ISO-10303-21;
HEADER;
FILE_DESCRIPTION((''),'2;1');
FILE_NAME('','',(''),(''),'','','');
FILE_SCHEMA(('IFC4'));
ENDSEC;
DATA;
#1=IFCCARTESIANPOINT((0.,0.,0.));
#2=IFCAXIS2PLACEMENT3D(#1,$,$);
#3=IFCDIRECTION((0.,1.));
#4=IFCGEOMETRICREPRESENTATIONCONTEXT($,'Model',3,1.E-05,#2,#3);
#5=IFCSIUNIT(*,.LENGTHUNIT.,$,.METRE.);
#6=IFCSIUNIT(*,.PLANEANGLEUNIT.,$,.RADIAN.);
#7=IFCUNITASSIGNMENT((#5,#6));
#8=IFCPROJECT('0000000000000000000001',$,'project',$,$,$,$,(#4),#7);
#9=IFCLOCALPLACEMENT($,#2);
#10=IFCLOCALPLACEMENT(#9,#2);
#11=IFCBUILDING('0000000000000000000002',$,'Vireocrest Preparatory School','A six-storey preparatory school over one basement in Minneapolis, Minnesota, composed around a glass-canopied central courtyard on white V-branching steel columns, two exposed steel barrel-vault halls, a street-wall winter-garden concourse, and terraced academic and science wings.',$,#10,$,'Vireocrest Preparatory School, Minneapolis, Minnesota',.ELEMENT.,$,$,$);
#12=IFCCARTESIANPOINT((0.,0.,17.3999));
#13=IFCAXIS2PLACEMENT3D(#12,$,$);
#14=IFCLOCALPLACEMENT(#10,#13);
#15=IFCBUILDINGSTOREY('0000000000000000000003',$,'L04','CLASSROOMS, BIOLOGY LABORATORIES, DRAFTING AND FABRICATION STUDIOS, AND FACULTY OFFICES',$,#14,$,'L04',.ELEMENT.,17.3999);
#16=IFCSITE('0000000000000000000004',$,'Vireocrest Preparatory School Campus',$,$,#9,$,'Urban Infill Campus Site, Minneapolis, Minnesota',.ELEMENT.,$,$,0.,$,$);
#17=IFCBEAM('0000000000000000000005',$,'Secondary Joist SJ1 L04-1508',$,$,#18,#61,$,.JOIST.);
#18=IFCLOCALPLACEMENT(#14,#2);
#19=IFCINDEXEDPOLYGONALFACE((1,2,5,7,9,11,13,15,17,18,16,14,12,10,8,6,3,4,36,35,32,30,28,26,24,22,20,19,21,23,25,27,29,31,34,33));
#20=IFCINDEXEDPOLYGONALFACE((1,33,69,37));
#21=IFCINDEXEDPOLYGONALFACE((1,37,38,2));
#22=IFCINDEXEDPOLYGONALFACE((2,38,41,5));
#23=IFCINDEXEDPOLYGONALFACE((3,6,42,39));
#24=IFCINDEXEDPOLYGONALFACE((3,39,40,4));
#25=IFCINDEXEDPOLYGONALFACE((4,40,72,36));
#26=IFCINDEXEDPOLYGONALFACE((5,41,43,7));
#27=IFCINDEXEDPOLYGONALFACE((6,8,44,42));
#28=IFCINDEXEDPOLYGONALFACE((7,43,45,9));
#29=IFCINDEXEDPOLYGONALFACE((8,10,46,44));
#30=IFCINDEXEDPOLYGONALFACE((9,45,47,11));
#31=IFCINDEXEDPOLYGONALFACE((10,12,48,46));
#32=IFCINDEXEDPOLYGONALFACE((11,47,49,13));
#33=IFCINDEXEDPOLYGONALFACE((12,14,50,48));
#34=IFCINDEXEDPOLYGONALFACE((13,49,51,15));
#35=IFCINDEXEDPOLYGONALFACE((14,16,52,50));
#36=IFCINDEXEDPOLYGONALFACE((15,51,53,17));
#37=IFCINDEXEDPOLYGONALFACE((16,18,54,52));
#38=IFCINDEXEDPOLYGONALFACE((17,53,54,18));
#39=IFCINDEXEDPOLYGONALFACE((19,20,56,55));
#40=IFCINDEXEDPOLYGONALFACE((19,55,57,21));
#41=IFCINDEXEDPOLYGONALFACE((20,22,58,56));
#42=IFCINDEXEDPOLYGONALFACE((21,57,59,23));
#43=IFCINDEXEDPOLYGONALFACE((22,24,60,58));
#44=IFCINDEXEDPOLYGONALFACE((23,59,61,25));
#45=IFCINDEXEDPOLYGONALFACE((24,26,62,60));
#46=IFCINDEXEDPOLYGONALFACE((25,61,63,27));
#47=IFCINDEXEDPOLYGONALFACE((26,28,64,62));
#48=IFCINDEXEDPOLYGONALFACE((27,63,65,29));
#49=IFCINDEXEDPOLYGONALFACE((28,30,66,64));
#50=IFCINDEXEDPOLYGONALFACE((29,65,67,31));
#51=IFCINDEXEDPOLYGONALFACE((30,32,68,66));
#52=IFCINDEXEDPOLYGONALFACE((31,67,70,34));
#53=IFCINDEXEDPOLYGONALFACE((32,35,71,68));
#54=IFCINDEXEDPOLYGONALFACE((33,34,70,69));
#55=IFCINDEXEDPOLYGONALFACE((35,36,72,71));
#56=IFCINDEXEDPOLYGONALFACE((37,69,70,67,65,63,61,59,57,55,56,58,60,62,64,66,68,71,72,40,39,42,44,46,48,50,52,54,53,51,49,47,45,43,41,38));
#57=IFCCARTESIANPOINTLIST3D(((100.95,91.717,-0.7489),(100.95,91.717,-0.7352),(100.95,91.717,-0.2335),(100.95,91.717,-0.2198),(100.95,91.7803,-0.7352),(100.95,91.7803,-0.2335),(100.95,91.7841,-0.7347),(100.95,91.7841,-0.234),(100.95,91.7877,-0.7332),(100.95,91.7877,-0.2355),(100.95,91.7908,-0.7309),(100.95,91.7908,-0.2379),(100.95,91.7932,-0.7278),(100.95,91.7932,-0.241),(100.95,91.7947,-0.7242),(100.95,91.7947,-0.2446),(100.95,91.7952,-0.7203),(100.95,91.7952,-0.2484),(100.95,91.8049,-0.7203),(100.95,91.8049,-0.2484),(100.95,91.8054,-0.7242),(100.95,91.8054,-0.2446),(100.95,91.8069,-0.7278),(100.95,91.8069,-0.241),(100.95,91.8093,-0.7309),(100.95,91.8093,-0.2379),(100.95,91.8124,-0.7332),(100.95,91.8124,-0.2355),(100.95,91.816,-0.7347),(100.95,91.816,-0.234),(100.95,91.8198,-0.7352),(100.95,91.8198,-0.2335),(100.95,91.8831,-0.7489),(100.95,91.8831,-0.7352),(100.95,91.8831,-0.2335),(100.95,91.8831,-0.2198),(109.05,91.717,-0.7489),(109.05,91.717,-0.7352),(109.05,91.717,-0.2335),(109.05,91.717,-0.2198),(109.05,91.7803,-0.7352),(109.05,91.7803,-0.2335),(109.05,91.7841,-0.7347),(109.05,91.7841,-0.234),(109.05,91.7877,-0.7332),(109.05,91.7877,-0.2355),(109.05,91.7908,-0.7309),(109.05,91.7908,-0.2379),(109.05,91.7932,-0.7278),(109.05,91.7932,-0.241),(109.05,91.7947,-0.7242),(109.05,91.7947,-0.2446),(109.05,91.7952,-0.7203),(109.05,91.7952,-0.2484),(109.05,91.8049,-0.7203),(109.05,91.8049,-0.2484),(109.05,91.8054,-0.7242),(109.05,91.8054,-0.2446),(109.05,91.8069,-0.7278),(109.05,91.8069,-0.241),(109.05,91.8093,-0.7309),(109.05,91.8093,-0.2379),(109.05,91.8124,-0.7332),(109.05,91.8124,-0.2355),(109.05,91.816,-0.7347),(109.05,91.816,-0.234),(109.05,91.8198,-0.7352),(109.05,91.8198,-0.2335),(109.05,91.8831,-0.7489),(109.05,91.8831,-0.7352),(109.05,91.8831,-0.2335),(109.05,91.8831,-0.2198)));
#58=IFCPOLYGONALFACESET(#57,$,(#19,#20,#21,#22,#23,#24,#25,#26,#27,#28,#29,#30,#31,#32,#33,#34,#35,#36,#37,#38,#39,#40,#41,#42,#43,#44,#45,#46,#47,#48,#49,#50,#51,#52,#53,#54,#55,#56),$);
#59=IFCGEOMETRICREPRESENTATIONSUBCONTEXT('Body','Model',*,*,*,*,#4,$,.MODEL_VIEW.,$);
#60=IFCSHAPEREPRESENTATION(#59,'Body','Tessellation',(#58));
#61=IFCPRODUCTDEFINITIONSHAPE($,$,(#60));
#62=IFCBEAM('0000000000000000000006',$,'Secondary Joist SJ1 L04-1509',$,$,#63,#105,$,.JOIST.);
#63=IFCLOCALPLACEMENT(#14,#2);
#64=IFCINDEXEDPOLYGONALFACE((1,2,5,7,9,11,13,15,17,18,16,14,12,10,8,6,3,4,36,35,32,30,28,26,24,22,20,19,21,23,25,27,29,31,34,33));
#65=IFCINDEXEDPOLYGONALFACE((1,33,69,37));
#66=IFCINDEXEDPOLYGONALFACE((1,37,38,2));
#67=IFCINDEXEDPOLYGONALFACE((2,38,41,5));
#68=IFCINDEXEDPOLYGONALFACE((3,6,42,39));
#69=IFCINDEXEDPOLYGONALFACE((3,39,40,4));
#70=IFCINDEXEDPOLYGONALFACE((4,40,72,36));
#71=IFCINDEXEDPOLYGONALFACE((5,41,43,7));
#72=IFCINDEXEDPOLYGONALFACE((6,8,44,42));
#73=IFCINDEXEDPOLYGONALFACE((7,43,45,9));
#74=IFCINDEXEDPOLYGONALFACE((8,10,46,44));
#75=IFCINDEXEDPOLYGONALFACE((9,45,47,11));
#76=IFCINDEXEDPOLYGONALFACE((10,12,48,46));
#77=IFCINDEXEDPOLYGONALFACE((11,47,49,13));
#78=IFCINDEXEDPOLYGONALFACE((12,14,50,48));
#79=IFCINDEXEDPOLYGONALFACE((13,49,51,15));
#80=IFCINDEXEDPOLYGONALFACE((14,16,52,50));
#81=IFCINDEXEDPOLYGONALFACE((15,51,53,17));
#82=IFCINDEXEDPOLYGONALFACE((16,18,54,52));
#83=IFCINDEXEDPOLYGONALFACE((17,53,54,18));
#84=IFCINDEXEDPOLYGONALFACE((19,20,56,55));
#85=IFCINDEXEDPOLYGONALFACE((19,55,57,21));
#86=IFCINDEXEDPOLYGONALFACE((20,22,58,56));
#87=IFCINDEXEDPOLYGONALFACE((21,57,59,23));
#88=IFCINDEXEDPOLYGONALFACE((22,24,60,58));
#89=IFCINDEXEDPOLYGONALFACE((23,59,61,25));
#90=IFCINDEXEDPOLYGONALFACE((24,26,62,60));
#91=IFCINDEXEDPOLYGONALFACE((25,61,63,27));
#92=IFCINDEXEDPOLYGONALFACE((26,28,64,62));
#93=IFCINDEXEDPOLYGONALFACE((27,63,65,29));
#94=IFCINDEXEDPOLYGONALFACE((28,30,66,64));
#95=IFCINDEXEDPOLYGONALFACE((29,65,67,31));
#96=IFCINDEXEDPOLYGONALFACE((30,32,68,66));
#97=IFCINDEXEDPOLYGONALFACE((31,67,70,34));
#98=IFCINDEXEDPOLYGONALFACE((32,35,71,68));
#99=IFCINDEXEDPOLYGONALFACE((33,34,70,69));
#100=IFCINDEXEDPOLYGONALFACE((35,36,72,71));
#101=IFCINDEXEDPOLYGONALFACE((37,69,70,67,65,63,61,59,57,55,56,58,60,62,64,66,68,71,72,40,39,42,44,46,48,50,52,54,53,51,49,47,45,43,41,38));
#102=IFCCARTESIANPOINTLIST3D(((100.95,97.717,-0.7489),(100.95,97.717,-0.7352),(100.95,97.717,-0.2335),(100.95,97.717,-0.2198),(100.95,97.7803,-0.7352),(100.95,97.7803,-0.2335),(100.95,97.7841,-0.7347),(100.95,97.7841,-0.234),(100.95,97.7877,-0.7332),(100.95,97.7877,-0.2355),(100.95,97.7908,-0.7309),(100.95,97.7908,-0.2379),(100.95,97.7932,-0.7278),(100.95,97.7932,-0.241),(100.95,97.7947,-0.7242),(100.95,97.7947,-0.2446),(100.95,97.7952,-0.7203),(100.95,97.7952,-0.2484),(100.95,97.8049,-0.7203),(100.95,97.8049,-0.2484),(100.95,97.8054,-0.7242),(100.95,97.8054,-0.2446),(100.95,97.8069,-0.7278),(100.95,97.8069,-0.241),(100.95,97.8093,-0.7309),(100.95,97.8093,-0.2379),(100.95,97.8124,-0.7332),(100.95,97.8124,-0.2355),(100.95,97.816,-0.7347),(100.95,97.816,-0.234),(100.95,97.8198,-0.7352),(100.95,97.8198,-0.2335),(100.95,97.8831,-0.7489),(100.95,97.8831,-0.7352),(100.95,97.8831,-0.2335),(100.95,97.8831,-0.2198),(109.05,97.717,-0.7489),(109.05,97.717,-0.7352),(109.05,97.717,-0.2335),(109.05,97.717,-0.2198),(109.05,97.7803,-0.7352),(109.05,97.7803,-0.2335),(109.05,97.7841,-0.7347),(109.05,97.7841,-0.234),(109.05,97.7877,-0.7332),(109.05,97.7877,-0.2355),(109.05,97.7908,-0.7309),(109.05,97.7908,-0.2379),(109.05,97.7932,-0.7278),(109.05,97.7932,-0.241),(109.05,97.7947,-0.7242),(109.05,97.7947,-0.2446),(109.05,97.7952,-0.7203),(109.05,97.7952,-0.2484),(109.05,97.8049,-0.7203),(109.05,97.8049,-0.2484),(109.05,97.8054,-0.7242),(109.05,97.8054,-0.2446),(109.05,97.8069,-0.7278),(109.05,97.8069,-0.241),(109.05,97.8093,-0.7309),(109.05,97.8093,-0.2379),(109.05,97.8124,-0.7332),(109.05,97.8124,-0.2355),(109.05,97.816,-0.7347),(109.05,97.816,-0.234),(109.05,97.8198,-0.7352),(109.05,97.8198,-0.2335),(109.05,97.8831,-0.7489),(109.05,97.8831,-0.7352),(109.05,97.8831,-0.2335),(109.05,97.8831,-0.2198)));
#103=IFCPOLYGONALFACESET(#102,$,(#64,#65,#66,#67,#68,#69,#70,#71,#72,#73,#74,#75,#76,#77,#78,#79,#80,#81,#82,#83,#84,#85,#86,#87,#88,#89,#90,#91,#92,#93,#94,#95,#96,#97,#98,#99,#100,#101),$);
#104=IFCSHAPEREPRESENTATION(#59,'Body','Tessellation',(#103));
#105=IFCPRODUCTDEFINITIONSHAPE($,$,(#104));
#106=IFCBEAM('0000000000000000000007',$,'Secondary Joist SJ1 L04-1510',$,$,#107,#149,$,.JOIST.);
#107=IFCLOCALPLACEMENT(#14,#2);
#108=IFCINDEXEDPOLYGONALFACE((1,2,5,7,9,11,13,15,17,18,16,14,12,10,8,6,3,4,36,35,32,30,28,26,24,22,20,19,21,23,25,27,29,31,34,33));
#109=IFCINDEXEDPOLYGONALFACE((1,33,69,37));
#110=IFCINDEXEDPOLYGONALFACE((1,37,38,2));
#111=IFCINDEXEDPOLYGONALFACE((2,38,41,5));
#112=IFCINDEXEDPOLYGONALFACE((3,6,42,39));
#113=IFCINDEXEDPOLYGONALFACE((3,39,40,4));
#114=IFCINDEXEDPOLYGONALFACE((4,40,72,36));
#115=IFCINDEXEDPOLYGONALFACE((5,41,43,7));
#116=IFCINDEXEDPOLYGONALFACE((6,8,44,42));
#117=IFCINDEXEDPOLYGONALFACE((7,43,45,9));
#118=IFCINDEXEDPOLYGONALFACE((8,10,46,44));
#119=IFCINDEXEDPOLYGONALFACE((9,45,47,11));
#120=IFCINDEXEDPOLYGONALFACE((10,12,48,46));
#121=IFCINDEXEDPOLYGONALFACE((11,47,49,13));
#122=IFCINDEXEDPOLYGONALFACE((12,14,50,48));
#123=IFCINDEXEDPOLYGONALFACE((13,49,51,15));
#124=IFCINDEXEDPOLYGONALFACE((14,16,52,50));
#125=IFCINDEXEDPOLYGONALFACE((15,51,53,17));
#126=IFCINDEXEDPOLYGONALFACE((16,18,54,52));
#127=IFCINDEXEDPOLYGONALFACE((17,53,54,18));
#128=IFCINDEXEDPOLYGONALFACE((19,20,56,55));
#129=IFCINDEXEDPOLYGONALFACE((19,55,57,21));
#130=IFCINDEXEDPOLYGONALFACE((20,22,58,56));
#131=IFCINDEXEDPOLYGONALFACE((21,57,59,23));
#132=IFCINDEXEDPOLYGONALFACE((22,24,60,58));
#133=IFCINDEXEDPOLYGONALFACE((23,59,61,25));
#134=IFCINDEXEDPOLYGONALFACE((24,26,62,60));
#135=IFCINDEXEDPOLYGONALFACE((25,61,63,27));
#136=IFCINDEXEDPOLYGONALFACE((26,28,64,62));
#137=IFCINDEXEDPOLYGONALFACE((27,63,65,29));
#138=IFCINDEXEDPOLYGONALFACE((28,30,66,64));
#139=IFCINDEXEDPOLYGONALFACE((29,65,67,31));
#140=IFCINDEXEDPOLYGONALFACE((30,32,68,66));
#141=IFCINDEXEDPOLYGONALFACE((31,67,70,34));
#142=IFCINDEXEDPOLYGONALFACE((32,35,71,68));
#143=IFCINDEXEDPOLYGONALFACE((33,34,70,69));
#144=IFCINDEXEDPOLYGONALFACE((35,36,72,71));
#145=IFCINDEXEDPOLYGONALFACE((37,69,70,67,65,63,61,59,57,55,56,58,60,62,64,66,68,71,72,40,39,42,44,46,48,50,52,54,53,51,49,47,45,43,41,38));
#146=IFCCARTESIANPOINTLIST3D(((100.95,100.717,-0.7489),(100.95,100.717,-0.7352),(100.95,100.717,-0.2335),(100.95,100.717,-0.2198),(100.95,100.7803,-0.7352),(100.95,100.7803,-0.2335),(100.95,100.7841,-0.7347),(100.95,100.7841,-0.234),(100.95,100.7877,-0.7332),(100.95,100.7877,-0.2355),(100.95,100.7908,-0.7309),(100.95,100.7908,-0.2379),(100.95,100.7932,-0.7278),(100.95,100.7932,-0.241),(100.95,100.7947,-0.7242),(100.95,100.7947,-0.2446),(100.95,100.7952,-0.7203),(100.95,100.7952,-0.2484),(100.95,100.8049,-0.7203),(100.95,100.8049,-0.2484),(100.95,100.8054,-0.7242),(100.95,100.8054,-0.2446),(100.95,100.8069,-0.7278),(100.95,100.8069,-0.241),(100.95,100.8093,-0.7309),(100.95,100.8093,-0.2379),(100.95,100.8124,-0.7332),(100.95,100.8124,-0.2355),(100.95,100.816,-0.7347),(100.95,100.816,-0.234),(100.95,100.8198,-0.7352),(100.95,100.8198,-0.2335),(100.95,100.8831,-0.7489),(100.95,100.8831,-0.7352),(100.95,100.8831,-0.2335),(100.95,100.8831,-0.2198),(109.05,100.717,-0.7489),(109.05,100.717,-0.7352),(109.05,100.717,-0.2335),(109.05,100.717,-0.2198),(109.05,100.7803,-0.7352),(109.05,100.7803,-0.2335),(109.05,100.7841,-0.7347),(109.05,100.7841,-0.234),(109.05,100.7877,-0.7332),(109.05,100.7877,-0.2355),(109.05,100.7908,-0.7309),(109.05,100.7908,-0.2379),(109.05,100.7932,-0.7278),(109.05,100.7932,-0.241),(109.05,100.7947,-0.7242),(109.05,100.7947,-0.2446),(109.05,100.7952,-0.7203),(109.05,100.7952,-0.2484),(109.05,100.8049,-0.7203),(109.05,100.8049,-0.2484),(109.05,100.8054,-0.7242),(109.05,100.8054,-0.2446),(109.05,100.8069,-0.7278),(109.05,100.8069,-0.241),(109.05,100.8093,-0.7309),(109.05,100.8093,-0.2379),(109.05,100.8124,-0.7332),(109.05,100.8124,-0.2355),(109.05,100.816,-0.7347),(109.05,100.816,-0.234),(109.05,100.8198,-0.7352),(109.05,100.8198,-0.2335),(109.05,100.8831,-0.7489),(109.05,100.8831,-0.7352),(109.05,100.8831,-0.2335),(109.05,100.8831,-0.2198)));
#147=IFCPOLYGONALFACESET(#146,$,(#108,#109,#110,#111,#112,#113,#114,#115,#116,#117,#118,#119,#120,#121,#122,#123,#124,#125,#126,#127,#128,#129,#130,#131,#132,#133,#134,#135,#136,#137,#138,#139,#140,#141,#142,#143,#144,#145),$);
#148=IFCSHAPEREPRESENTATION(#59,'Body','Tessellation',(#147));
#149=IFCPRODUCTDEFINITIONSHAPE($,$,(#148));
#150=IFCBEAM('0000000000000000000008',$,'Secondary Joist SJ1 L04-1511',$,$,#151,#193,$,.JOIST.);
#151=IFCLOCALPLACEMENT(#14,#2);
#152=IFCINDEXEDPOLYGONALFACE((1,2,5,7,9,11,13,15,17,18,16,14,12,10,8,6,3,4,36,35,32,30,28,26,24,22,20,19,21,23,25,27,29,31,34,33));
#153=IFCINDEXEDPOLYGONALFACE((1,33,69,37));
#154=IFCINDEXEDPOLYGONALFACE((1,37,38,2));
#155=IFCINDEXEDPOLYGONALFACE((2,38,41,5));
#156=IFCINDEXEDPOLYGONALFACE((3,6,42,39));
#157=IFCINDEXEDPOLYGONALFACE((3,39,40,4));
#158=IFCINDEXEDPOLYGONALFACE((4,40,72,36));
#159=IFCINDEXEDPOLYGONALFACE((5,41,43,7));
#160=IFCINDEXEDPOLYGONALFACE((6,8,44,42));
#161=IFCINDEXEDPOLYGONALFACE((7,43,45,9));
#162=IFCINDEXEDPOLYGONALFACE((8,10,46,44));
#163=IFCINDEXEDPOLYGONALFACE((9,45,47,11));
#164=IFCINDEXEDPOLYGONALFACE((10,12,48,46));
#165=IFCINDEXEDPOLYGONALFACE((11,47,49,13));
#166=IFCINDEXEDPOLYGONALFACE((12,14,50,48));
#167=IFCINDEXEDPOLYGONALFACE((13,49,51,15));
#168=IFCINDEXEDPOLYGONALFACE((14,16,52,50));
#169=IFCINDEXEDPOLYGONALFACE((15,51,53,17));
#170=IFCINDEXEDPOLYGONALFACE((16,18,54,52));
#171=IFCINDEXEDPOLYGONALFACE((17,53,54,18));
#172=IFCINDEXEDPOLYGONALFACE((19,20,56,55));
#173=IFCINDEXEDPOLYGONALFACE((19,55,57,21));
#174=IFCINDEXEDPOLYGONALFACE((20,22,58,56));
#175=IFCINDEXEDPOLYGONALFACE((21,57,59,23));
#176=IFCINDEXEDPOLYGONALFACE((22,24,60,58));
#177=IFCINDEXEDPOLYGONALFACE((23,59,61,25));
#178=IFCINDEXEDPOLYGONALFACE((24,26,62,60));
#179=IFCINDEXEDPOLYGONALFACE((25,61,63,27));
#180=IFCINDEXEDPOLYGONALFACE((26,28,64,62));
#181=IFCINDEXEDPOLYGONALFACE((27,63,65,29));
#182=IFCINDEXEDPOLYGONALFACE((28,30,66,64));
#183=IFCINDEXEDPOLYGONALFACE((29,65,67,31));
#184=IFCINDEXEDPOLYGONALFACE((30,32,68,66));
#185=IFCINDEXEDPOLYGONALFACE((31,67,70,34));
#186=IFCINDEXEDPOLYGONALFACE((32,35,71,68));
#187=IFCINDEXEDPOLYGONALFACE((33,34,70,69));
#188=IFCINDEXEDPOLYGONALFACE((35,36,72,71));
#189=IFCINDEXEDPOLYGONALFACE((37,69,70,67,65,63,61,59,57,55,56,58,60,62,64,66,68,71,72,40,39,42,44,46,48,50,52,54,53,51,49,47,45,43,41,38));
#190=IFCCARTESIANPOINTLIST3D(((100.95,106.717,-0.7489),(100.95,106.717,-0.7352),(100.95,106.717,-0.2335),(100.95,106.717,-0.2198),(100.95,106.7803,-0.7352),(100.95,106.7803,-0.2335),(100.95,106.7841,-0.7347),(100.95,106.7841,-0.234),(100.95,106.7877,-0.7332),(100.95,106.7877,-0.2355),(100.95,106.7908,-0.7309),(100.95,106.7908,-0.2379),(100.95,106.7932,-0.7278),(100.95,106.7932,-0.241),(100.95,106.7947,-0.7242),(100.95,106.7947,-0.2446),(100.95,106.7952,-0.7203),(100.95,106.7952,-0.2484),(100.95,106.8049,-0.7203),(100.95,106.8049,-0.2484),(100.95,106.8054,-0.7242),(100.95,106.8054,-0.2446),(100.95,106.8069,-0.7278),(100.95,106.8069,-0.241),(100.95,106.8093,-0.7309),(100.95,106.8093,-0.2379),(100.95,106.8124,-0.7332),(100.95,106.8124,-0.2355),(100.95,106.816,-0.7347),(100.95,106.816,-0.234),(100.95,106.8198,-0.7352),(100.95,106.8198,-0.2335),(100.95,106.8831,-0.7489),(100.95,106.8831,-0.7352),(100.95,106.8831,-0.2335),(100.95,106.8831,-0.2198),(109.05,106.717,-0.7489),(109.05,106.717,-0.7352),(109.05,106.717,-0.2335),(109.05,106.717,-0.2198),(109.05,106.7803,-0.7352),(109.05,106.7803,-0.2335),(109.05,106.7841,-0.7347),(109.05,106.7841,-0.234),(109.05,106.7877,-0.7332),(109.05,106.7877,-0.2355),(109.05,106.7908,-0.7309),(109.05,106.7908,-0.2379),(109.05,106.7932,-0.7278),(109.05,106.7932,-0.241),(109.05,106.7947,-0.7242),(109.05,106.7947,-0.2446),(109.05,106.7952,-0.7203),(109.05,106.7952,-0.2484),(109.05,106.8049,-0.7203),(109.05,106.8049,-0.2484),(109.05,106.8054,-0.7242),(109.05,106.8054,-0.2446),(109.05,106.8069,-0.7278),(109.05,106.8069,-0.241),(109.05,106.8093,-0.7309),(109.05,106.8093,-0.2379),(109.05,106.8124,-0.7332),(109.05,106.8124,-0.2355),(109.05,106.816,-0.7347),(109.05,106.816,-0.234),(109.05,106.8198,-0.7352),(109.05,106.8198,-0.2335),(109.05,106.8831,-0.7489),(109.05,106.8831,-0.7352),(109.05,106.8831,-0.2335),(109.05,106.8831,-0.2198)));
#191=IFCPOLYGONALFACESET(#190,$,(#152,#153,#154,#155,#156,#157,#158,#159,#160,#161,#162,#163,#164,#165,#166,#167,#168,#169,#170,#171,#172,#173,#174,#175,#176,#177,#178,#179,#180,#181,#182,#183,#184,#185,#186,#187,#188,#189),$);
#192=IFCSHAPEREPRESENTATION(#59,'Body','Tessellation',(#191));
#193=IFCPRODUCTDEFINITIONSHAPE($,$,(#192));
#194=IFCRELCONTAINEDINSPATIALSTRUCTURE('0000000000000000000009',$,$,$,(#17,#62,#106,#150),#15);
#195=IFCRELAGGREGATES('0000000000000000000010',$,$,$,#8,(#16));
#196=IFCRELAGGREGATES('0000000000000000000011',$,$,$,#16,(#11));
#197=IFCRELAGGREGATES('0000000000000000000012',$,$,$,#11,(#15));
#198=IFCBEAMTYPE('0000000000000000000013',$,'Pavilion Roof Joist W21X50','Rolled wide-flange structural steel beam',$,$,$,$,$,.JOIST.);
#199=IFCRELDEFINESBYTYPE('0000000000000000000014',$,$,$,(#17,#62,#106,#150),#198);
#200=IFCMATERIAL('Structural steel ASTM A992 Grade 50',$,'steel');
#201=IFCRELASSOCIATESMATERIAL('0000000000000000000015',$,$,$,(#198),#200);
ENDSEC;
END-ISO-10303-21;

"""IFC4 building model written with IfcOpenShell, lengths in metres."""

from ifc_helpers import new_model, si_unit, direction, frame, origin, origin_2d, place, context, subcontext, project, spatial, i_section, extrude, material, material_profile, profile_set, type_object, element, save


model = new_model("IFC4")

# Units and contexts
model_context = context("Model", 3, precision=1e-05, world=origin(), true_north=direction((0.0, 1.0)))
body_context = subcontext(model_context, "Body", "Model", "MODEL_VIEW")
ifc_project = project(units=[si_unit("LENGTHUNIT", "METRE"), si_unit("PLANEANGLEUNIT", "RADIAN")], contexts=[model_context])

# Site, building, storey
site_placement = place(None, origin())
site = spatial("IfcSite", under=ifc_project, at=site_placement, Name="Vireocrest Preparatory School Campus", LongName="Urban Infill Campus Site, Minneapolis, Minnesota", CompositionType="ELEMENT", RefElevation=0.0)
building_placement = place(site_placement, origin())
building = spatial("IfcBuilding", under=site, at=building_placement, Name="Vireocrest Preparatory School", Description="A six-storey preparatory school over one basement in Minneapolis, Minnesota, composed around a glass-canopied central courtyard on white V-branching steel columns, two exposed steel barrel-vault halls, a street-wall winter-garden concourse, and terraced academic and science wings.", LongName="Vireocrest Preparatory School, Minneapolis, Minnesota", CompositionType="ELEMENT")
storey_placement = place(building_placement, frame((0.0, 0.0, 17.3999)))
storey = spatial("IfcBuildingStorey", under=building, at=storey_placement, Name="L04", Description="CLASSROOMS, BIOLOGY LABORATORIES, DRAFTING AND FABRICATION STUDIOS, AND FACULTY OFFICES", LongName="L04", CompositionType="ELEMENT", Elevation=17.3999)

# Beams
ifc_material_1 = material(Name="Structural steel ASTM A992 Grade 50", Category="steel")
ifc_material_profile_1 = material_profile(ifc_material_1, i_section(OverallWidth=0.166, OverallDepth=0.5291, WebThickness=0.0098, FlangeThickness=0.0137, FilletRadius=0.0149, at=origin_2d()), Name="W21X50")
ifc_profile_set_1 = profile_set([ifc_material_profile_1], Name="Structural steel ASTM A992 Grade 50")
beam_type_1 = type_object("IfcBeamType", Name="Pavilion Roof Joist W21X50", Description="Rolled wide-flange structural steel beam", PredefinedType="JOIST", material=ifc_profile_set_1)
for number, where, z_axis, x_axis, name in (
    (1, (100.95, 91.8, -0.4844), (1.0, 0.0, 0.0), (0.0, 1.0, 0.0), "Secondary Joist SJ1 L04-1508"),
    (2, (100.95, 97.8, -0.4844), (1.0, 0.0, 0.0), (0.0, 1.0, 0.0), "Secondary Joist SJ1 L04-1509"),
    (3, (100.95, 100.8, -0.4844), (1.0, 0.0, 0.0), (0.0, 1.0, 0.0), "Secondary Joist SJ1 L04-1510"),
    (4, (100.95, 106.8, -0.4844), (1.0, 0.0, 0.0), (0.0, 1.0, 0.0), "Secondary Joist SJ1 L04-1511"),
):
    element("IfcBeam", number, at=place(storey_placement, frame(where, z_axis=z_axis, x_axis=x_axis)), inside=storey, type_object=beam_type_1, Name=name, PredefinedType="JOIST", context=body_context, shape_type="SweptSolid", body=[
        extrude(i_section(OverallWidth=0.166, OverallDepth=0.5291, WebThickness=0.0098, FlangeThickness=0.0137, FilletRadius=0.0149, at=origin_2d()), origin(), (0.0, 0.0, 1.0), 8.1001),
    ])

save(model, "model.ifc")
